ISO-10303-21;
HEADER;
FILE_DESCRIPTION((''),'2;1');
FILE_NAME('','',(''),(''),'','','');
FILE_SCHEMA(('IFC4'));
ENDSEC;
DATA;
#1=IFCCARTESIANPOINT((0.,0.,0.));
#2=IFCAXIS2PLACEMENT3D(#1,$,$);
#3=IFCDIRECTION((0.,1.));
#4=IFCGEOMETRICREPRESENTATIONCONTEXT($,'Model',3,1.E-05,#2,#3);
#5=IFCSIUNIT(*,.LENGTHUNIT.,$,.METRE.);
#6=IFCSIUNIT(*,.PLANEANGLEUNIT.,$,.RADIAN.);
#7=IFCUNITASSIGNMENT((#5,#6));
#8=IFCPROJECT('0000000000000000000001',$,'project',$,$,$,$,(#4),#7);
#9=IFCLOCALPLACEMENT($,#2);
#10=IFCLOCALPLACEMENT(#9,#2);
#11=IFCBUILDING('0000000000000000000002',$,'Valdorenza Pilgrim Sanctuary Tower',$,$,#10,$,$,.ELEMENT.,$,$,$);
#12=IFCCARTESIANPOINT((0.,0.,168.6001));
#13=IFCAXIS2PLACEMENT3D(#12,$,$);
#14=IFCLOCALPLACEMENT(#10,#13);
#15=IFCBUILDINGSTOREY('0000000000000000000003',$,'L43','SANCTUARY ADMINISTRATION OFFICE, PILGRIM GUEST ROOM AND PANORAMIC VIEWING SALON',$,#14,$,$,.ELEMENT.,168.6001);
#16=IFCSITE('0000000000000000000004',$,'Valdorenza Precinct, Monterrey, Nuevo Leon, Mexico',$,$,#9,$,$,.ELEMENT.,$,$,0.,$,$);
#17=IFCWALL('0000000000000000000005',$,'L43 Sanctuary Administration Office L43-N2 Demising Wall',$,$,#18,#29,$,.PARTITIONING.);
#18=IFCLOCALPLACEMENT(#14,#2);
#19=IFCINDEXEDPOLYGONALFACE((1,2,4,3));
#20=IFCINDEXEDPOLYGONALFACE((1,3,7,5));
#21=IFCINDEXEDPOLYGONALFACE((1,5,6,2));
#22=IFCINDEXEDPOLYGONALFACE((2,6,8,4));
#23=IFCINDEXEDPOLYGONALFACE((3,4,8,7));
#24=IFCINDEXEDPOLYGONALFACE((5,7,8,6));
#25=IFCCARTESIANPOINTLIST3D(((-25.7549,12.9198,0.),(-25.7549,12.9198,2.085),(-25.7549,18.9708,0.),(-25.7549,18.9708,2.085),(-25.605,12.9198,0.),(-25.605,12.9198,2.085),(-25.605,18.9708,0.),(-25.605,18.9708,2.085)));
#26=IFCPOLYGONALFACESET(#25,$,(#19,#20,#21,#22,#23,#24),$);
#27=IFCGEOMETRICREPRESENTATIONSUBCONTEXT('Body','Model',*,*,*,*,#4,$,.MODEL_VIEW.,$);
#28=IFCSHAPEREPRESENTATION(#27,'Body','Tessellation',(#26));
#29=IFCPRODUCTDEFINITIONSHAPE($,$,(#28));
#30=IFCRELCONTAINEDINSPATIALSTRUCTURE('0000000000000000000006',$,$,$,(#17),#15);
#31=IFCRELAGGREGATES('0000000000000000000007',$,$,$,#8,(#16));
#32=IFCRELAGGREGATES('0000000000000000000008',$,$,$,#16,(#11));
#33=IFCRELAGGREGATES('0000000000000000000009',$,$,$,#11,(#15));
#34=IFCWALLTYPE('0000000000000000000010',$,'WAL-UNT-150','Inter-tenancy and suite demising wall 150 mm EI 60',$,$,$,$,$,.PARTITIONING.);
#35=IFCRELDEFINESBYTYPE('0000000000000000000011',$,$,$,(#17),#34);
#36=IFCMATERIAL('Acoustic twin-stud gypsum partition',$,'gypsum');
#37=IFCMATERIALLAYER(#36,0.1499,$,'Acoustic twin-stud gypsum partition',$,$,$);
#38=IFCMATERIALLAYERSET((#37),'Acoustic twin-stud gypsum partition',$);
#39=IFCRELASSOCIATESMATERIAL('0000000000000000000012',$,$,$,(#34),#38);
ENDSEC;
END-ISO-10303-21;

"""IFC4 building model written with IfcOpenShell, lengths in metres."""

from ifc_helpers import new_model, si_unit, direction, frame, frame_2d, origin, place, context, subcontext, project, spatial, rectangle, extrude, material, layer, layer_set, type_object, element, save


model = new_model("IFC4")

# Units and contexts
model_context = context("Model", 3, precision=1e-05, world=origin(), true_north=direction((0.0, 1.0)))
body_context = subcontext(model_context, "Body", "Model", "MODEL_VIEW")
ifc_project = project(units=[si_unit("LENGTHUNIT", "METRE"), si_unit("PLANEANGLEUNIT", "RADIAN")], contexts=[model_context])

# Site, building, storey
site_placement = place(None, origin())
site = spatial("IfcSite", under=ifc_project, at=site_placement, Name="Valdorenza Precinct, Monterrey, Nuevo Leon, Mexico", CompositionType="ELEMENT", RefElevation=0.0)
building_placement = place(site_placement, origin())
building = spatial("IfcBuilding", under=site, at=building_placement, Name="Valdorenza Pilgrim Sanctuary Tower", CompositionType="ELEMENT")
storey_placement = place(building_placement, frame((0.0, 0.0, 168.6001)))
storey = spatial("IfcBuildingStorey", under=building, at=storey_placement, Name="L43", Description="SANCTUARY ADMINISTRATION OFFICE, PILGRIM GUEST ROOM AND PANORAMIC VIEWING SALON", CompositionType="ELEMENT", Elevation=168.6001)

# Shared definitions
ifc_material_1 = material(Name="Acoustic twin-stud gypsum partition", Category="gypsum")

# Wall
ifc_layer_1 = layer(ifc_material_1, 0.1499, Name="Acoustic twin-stud gypsum partition")
ifc_layer_set_1 = layer_set([ifc_layer_1], Name="Acoustic twin-stud gypsum partition")
wall_type_1 = type_object("IfcWallType", Name="WAL-UNT-150", Description="Inter-tenancy and suite demising wall 150 mm EI 60", PredefinedType="PARTITIONING", material=ifc_layer_set_1)
wall_1_placement = place(storey_placement, frame((-25.6799, 12.9199, 0.0), z_axis=(0.0, 0.0, 1.0), x_axis=(0.0, 1.0, 0.0)))
element("IfcWall", 1, at=wall_1_placement, inside=storey, type_object=wall_type_1, Name="L43 Sanctuary Administration Office L43-N2 Demising Wall", PredefinedType="PARTITIONING", context=body_context, shape_type="SweptSolid", body=[
    extrude(rectangle(XDim=6.051, YDim=0.1499, at=frame_2d((3.0254, 0.0))), origin(), (0.0, 0.0, 1.0), 2.085),
])

save(model, "model.ifc")
